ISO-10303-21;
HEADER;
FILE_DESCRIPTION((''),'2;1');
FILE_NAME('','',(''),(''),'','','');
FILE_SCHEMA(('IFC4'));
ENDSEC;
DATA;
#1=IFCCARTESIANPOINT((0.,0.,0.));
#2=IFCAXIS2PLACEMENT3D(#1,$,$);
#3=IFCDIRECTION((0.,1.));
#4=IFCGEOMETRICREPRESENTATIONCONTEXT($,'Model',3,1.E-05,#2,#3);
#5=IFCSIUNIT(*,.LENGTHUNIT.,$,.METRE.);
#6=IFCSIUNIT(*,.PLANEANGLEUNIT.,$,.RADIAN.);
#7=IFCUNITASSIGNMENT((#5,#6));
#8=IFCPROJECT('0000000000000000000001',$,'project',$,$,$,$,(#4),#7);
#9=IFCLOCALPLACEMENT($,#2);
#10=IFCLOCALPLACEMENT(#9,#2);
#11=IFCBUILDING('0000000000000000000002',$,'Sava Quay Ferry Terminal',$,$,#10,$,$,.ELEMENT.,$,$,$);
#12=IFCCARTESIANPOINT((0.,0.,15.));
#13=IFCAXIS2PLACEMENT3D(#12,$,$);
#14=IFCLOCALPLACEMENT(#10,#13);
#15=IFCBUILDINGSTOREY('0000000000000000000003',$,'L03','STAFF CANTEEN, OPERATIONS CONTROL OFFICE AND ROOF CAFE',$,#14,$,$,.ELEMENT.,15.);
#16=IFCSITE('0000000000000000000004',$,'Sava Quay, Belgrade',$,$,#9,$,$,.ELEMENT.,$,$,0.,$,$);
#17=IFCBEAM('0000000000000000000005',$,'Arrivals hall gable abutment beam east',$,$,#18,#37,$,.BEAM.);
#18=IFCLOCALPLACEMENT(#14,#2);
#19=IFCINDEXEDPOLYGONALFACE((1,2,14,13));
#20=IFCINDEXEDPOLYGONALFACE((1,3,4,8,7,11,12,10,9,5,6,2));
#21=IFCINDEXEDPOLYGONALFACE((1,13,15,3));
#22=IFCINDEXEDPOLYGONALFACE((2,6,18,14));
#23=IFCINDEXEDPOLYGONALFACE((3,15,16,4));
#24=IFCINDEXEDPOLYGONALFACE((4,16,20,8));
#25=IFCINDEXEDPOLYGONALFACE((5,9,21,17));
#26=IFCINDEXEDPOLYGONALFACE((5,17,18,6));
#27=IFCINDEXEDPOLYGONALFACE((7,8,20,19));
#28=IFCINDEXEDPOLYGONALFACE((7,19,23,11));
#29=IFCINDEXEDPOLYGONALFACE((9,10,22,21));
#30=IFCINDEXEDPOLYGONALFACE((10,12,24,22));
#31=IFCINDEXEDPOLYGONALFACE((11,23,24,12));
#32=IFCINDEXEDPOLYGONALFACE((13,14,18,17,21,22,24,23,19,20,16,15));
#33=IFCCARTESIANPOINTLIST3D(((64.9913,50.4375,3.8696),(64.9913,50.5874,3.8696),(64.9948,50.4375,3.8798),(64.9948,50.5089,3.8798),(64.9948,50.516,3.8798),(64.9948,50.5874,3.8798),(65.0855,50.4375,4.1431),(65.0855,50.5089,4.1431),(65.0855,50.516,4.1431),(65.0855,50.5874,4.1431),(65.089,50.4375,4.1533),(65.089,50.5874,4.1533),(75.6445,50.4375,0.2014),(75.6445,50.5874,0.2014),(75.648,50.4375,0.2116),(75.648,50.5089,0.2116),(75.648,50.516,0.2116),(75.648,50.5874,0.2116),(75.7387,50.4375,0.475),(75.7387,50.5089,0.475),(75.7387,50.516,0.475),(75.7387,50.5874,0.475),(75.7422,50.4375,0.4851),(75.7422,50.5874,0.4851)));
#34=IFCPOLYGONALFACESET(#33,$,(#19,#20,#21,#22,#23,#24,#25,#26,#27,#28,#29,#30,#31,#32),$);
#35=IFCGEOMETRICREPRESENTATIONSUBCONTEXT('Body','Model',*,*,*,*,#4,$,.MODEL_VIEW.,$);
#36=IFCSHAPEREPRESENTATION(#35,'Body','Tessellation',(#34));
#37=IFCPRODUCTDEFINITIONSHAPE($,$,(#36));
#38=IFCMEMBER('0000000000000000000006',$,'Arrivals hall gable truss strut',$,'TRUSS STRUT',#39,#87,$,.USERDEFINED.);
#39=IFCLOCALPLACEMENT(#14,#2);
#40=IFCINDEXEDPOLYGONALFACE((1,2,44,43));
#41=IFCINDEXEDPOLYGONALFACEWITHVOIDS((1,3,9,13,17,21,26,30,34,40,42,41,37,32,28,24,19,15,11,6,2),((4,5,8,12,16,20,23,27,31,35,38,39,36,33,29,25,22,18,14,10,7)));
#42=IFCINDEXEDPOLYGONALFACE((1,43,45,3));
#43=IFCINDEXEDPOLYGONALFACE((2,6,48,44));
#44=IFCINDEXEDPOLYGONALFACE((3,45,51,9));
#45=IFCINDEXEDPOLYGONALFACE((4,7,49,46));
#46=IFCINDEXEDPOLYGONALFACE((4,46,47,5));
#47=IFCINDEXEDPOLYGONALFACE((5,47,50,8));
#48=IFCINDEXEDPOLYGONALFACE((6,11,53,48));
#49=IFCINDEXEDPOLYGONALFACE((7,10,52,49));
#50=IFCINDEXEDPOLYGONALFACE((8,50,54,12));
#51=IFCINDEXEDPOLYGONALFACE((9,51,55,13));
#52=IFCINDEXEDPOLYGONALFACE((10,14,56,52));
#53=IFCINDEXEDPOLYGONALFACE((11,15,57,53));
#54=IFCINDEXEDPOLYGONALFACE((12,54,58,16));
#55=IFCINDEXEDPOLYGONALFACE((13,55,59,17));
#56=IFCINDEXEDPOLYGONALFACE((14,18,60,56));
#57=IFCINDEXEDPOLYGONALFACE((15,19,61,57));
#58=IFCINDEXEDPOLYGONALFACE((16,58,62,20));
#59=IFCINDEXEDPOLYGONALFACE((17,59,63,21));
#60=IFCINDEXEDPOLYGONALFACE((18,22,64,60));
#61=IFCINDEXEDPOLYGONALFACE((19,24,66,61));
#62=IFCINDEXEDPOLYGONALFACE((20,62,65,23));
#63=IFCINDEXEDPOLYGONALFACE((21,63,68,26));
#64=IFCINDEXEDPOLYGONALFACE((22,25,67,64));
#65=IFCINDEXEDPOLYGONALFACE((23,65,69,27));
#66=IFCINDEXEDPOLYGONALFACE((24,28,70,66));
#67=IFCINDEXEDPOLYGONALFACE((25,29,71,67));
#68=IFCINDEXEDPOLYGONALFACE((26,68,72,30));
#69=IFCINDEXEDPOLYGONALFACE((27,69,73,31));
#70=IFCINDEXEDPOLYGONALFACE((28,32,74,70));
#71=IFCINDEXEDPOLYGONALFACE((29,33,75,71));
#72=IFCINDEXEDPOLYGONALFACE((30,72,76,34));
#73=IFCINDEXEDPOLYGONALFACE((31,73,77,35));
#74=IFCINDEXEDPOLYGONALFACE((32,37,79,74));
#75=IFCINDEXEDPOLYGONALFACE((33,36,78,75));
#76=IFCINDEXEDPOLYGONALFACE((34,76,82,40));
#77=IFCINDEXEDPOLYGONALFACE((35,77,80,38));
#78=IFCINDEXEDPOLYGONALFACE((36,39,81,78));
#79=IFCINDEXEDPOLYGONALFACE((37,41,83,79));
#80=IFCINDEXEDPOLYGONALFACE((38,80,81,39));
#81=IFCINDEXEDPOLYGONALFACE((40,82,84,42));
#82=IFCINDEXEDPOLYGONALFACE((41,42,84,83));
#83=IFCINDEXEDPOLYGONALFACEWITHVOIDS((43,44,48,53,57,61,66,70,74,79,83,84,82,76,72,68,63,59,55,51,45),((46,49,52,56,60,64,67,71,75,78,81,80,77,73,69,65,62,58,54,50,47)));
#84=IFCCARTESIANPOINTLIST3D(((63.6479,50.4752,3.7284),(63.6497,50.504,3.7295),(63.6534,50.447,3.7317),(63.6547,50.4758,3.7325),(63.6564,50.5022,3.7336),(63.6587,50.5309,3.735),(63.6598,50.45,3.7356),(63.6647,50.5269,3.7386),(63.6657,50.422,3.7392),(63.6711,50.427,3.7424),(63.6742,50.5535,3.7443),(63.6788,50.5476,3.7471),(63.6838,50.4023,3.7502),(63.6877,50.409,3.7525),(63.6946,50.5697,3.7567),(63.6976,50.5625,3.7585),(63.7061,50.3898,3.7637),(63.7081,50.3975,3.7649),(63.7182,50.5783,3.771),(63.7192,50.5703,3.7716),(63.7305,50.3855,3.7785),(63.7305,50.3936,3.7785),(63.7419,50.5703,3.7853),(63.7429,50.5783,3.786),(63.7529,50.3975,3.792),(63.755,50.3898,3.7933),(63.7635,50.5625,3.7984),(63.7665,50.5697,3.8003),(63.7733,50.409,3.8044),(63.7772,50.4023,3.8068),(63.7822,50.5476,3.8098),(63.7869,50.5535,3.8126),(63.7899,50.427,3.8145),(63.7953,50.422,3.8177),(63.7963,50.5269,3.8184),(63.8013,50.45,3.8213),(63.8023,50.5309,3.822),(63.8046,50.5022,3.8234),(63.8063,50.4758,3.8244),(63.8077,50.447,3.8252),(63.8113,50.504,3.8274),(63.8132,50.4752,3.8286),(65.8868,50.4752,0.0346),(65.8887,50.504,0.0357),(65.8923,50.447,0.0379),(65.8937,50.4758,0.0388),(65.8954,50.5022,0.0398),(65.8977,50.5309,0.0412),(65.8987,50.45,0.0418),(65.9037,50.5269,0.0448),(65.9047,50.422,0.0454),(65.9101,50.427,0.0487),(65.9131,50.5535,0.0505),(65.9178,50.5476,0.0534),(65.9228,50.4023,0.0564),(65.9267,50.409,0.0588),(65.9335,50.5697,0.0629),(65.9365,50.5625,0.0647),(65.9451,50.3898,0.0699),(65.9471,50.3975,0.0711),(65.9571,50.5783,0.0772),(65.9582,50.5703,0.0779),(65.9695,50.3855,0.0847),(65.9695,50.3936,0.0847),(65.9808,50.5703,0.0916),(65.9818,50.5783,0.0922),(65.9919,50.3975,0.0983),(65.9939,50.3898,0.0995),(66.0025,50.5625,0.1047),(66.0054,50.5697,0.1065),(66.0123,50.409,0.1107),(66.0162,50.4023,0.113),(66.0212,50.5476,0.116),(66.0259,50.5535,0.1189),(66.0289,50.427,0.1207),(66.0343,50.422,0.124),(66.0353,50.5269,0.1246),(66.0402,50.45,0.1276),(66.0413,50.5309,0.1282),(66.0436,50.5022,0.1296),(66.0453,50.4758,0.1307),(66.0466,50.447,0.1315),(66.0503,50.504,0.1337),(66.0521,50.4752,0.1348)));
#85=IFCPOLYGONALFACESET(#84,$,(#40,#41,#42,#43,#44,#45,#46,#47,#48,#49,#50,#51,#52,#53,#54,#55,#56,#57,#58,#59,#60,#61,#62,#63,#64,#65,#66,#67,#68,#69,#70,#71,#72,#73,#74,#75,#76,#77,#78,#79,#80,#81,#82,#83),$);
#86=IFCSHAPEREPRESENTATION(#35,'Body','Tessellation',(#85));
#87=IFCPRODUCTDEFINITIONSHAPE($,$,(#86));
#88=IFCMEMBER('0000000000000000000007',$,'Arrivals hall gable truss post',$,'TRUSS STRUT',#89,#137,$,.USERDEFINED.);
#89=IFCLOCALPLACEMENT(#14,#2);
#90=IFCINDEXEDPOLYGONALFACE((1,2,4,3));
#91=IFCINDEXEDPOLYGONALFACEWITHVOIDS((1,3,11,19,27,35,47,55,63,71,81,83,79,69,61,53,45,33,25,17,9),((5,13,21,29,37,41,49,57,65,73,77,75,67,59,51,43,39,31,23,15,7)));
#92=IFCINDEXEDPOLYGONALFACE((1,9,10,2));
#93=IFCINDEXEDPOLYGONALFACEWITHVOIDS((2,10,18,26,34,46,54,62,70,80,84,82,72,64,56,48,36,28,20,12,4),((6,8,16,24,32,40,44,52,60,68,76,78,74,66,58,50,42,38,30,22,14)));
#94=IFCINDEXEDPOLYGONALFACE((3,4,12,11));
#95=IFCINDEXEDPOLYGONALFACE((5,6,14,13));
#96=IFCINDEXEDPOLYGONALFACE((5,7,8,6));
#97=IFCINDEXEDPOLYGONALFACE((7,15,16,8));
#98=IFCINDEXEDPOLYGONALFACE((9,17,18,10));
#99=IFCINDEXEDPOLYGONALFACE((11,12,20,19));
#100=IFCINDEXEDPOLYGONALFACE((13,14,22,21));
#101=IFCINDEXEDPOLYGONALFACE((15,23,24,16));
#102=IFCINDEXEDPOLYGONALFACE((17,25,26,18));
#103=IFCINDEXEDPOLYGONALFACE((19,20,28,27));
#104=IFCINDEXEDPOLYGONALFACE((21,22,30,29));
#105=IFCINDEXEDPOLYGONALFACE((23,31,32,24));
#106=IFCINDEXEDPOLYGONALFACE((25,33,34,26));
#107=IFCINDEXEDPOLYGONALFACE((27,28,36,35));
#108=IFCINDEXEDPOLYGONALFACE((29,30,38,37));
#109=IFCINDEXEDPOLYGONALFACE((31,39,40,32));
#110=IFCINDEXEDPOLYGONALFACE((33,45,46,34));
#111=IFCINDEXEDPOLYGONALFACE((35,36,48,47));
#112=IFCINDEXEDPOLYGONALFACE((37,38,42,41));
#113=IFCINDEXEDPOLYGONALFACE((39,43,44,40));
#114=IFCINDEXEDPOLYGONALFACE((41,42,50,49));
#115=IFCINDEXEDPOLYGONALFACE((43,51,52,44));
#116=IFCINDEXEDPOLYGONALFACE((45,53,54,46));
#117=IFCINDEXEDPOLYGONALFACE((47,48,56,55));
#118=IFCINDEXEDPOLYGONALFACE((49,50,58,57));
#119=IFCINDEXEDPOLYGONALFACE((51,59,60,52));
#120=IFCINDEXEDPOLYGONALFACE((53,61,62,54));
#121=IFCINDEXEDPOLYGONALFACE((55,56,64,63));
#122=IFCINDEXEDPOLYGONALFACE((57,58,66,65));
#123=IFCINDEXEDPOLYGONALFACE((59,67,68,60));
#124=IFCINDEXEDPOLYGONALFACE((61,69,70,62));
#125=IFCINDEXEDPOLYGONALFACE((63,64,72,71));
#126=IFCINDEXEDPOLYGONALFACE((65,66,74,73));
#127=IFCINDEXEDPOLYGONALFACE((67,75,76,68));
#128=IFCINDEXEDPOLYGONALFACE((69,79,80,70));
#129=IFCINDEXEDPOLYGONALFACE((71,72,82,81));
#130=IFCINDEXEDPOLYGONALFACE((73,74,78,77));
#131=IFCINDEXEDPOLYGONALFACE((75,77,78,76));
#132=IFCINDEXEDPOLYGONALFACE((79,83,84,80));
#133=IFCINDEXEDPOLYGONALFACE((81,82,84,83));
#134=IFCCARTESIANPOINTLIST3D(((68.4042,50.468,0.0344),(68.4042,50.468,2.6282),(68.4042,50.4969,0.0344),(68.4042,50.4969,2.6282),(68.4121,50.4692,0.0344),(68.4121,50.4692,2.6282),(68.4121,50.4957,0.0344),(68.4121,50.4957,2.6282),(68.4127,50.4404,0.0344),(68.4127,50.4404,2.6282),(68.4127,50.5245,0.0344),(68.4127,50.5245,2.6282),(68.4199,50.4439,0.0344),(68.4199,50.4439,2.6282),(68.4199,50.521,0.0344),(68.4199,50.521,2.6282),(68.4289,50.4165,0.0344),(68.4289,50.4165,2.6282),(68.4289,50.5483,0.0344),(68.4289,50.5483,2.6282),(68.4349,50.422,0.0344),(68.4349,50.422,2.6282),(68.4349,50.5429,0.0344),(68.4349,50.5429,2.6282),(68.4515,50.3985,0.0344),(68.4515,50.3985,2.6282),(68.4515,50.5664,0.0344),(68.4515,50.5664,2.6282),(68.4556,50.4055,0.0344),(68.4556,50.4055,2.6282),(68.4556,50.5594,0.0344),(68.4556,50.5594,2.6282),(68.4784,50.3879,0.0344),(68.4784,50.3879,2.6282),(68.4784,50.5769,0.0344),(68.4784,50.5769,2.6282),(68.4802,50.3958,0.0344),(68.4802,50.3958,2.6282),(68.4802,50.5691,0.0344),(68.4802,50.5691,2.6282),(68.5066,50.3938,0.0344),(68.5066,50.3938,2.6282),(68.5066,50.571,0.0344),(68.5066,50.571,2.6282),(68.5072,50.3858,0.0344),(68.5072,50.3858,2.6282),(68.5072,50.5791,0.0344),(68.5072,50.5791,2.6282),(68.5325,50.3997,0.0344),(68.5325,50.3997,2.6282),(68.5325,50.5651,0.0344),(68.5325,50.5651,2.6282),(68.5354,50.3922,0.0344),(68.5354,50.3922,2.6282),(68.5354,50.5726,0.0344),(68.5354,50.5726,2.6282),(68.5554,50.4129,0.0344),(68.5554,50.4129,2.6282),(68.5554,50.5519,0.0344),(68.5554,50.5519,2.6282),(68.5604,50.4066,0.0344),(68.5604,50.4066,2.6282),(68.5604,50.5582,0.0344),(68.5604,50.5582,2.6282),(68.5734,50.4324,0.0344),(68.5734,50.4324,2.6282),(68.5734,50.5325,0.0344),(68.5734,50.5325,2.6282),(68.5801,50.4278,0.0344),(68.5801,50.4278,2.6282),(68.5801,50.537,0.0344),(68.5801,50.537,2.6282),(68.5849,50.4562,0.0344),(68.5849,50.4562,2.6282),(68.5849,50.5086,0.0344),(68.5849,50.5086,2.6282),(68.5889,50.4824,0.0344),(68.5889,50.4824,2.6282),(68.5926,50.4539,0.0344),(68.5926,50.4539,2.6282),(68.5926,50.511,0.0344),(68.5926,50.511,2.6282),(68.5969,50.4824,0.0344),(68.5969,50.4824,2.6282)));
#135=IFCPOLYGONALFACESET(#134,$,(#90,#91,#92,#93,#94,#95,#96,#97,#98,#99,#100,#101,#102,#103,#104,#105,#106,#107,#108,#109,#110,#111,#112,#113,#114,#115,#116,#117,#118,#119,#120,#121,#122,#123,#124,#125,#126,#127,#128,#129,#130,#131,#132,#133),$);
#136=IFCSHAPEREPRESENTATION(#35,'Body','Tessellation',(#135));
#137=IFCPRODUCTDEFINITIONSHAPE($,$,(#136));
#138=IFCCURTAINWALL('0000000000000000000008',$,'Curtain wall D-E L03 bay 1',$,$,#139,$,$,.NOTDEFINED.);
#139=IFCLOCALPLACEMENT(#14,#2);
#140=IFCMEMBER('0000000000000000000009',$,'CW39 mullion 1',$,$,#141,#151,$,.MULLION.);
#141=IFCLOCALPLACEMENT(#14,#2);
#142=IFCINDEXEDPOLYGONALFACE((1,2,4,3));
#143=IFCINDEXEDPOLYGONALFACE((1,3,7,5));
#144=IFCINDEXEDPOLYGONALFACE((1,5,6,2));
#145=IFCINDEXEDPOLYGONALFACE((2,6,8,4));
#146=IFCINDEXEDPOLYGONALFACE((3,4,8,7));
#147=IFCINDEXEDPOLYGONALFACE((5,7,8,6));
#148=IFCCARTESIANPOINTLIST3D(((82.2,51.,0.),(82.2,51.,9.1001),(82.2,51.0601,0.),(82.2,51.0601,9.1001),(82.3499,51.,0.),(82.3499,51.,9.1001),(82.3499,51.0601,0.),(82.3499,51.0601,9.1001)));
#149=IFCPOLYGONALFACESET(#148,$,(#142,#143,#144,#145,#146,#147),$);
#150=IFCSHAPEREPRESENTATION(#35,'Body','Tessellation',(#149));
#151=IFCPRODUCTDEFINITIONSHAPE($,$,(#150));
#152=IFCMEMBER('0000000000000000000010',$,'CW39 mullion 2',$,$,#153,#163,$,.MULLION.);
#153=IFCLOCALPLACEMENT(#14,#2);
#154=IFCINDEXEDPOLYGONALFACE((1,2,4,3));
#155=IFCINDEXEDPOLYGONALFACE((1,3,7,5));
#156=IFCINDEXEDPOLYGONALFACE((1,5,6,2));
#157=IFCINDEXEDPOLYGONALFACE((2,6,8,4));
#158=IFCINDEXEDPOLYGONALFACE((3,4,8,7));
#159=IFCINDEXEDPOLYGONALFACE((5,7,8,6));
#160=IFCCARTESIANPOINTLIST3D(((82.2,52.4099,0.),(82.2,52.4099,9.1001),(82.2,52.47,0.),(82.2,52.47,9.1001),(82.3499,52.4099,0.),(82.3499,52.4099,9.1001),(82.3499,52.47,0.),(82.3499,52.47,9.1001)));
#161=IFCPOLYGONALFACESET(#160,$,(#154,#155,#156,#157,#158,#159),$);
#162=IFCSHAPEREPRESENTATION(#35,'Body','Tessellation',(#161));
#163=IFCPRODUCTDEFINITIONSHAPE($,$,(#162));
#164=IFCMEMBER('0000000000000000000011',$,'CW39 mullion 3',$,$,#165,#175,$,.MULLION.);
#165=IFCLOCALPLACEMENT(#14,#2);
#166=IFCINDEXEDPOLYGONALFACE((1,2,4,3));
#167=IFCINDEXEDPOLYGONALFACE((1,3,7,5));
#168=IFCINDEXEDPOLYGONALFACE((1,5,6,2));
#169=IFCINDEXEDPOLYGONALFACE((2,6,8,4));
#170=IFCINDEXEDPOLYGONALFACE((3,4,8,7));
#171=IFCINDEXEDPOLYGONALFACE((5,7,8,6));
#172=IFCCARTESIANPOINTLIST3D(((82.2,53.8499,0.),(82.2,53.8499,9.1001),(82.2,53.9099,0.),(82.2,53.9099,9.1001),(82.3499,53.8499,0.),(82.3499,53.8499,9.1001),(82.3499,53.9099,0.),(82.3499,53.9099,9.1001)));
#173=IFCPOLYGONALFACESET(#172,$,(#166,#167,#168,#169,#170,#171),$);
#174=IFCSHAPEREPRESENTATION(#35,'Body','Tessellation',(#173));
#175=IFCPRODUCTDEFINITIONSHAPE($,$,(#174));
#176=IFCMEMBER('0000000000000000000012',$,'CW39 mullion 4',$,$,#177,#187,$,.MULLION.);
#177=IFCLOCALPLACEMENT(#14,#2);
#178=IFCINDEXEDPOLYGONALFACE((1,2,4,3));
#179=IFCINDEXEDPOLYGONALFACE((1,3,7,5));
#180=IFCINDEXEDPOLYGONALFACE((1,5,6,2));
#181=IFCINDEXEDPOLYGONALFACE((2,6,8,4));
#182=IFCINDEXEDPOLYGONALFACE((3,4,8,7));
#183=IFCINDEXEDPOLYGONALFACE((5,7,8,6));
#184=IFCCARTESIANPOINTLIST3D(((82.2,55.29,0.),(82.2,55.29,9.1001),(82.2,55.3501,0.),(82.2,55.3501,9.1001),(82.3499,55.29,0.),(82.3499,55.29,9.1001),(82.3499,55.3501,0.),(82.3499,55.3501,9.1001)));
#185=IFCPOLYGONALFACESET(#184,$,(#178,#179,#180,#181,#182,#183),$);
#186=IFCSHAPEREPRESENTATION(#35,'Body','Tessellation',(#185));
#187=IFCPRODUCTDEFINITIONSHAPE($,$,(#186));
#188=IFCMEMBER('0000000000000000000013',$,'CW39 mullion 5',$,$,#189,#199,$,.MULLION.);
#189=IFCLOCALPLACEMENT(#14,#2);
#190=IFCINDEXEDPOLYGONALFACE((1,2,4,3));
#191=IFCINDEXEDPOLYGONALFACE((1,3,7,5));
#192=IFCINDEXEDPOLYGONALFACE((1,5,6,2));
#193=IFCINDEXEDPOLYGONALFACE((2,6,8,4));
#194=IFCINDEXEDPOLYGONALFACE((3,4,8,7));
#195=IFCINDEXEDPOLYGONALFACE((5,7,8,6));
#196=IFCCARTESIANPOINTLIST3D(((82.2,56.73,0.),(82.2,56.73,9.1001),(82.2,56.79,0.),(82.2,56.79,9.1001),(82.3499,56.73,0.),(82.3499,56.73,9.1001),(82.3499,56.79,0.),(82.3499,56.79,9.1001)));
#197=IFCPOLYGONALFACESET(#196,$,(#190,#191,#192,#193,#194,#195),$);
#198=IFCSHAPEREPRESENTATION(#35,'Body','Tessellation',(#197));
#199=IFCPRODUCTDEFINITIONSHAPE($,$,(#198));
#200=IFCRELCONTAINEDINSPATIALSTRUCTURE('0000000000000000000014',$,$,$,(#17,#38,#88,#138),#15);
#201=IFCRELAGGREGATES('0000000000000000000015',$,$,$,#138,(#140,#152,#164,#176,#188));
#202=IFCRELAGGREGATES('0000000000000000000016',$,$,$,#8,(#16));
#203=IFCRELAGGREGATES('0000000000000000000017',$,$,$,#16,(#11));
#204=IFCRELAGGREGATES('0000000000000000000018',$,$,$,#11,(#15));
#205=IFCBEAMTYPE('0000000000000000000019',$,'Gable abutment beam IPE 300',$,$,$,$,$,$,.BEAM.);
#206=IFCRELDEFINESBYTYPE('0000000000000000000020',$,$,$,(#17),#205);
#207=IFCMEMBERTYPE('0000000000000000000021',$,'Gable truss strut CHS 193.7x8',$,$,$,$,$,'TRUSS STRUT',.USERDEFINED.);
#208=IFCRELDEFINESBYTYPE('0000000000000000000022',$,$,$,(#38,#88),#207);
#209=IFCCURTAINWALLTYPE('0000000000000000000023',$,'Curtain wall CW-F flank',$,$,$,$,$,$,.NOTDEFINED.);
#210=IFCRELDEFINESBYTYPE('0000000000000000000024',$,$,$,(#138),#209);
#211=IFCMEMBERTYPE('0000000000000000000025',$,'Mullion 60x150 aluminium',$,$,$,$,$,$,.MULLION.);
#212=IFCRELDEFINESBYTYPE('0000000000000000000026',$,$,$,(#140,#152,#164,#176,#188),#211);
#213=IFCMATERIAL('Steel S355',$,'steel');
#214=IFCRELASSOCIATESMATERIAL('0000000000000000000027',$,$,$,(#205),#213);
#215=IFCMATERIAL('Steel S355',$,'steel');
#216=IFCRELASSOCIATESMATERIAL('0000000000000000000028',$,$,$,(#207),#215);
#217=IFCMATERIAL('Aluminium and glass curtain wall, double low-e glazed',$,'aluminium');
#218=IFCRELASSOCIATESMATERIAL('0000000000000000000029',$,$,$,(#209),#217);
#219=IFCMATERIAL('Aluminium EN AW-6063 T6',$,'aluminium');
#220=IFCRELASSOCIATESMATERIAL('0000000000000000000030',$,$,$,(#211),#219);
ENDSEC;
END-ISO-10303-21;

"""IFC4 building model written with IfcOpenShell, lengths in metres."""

from ifc_helpers import new_model, si_unit, direction, frame, origin, origin_2d, place, context, subcontext, project, spatial, rectangle, hollow_circle, i_section, extrude, material, material_profile, profile_set, type_object, element, aggregate, save


model = new_model("IFC4")

# Units and contexts
model_context = context("Model", 3, precision=1e-05, world=origin(), true_north=direction((0.0, 1.0)))
body_context = subcontext(model_context, "Body", "Model", "MODEL_VIEW")
ifc_project = project(units=[si_unit("LENGTHUNIT", "METRE"), si_unit("PLANEANGLEUNIT", "RADIAN")], contexts=[model_context])

# Site, building, storey
site_placement = place(None, origin())
site = spatial("IfcSite", under=ifc_project, at=site_placement, Name="Sava Quay, Belgrade", CompositionType="ELEMENT", RefElevation=0.0)
building_placement = place(site_placement, origin())
building = spatial("IfcBuilding", under=site, at=building_placement, Name="Sava Quay Ferry Terminal", CompositionType="ELEMENT")
storey_placement = place(building_placement, frame((0.0, 0.0, 15.0)))
storey = spatial("IfcBuildingStorey", under=building, at=storey_placement, Name="L03", Description="STAFF CANTEEN, OPERATIONS CONTROL OFFICE AND ROOF CAFE", CompositionType="ELEMENT", Elevation=15.0)

# Beam
ifc_material_1 = material(Name="Steel S355", Category="steel")
ifc_material_profile_1 = material_profile(ifc_material_1, i_section(OverallWidth=0.1499, OverallDepth=0.3, WebThickness=0.0071, FlangeThickness=0.0107, at=origin_2d()), Name="IPE 300")
ifc_profile_set_1 = profile_set([ifc_material_profile_1], Name="Steel S355")
beam_type = type_object("IfcBeamType", Name="Gable abutment beam IPE 300", PredefinedType="BEAM", material=ifc_profile_set_1)
beam_placement = place(storey_placement, frame((75.6934, 50.5125, 0.3433), z_axis=(-0.945519, 0.0, 0.325567), x_axis=(0.0, -1.0, 0.0)))
element("IfcBeam", 1, at=beam_placement, inside=storey, type_object=beam_type, Name="Arrivals hall gable abutment beam east", PredefinedType="BEAM", context=body_context, shape_type="SweptSolid", body=[
    extrude(i_section(OverallWidth=0.1499, OverallDepth=0.3, WebThickness=0.0071, FlangeThickness=0.0107, at=origin_2d()), origin(), (0.0, 0.0, 1.0), 11.2671),
])

# Members
ifc_material_2 = material(Name="Steel S355", Category="steel")
ifc_material_profile_2 = material_profile(ifc_material_2, hollow_circle(Radius=0.0969, WallThickness=0.0081, at=origin_2d()), Name="CHS 193.7 x 8.0")
ifc_profile_set_2 = profile_set([ifc_material_profile_2], Name="Steel S355")
member_type_1 = type_object("IfcMemberType", Name="Gable truss strut CHS 193.7x8", ElementType="TRUSS STRUT", PredefinedType="USERDEFINED", material=ifc_profile_set_2)
member_1_placement = place(storey_placement, frame((65.9695, 50.4824, 0.0847), z_axis=(-0.518356, 0.0, 0.855165), x_axis=(0.0, -1.0, 0.0)))
element("IfcMember", 2, at=member_1_placement, inside=storey, type_object=member_type_1, Name="Arrivals hall gable truss strut", ObjectType="TRUSS STRUT", PredefinedType="USERDEFINED", context=body_context, shape_type="SweptSolid", body=[
    extrude(hollow_circle(Radius=0.0969, WallThickness=0.0081, at=origin_2d()), origin(), (0.0, 0.0, 1.0), 4.3193),
])
member_2_placement = place(storey_placement, frame((68.5, 50.4824, 0.0344), z_axis=(0.0, 0.0, 1.0), x_axis=(1.0, 0.0, 0.0)))
element("IfcMember", 3, at=member_2_placement, inside=storey, type_object=member_type_1, Name="Arrivals hall gable truss post", ObjectType="TRUSS STRUT", PredefinedType="USERDEFINED", context=body_context, shape_type="SweptSolid", body=[
    extrude(hollow_circle(Radius=0.0969, WallThickness=0.0081, at=origin_2d()), origin(), (0.0, 0.0, 1.0), 2.5938),
])

# Curtain wall, members
ifc_material_3 = material(Name="Aluminium and glass curtain wall, double low-e glazed", Category="aluminium")
curtain_wall_type = type_object("IfcCurtainWallType", Name="Curtain wall CW-F flank", PredefinedType="NOTDEFINED", material=ifc_material_3)
curtain_wall_placement = place(storey_placement, origin())
curtain_wall = element("IfcCurtainWall", 4, at=curtain_wall_placement, inside=storey, type_object=curtain_wall_type, Name="Curtain wall D-E L03 bay 1", PredefinedType="NOTDEFINED")
ifc_material_4 = material(Name="Aluminium EN AW-6063 T6", Category="aluminium")
ifc_material_profile_3 = material_profile(ifc_material_4, rectangle(XDim=0.1499, YDim=0.0601, at=origin_2d()), Name="Mullion 60x150 aluminium")
ifc_profile_set_3 = profile_set([ifc_material_profile_3], Name="Aluminium EN AW-6063 T6")
member_type_2 = type_object("IfcMemberType", Name="Mullion 60x150 aluminium", PredefinedType="MULLION", material=ifc_profile_set_3)
member_3_placement = place(storey_placement, frame((82.2749, 51.03, 0.0), z_axis=(0.0, 0.0, 1.0), x_axis=(-1.0, 0.0, 0.0)))
member_3 = element("IfcMember", 5, at=member_3_placement, type_object=member_type_2, Name="CW39 mullion 1", PredefinedType="MULLION", context=body_context, shape_type="SweptSolid", body=[
    extrude(rectangle(XDim=0.1499, YDim=0.0601, at=origin_2d()), origin(), (0.0, 0.0, 1.0), 9.1001),
])
member_4_placement = place(storey_placement, frame((82.2749, 52.4399, 0.0), z_axis=(0.0, 0.0, 1.0), x_axis=(-1.0, 0.0, 0.0)))
member_4 = element("IfcMember", 6, at=member_4_placement, type_object=member_type_2, Name="CW39 mullion 2", PredefinedType="MULLION", context=body_context, shape_type="SweptSolid", body=[
    extrude(rectangle(XDim=0.1499, YDim=0.0601, at=origin_2d()), origin(), (0.0, 0.0, 1.0), 9.1001),
])
member_5_placement = place(storey_placement, frame((82.2749, 53.8799, 0.0), z_axis=(0.0, 0.0, 1.0), x_axis=(-1.0, 0.0, 0.0)))
member_5 = element("IfcMember", 7, at=member_5_placement, type_object=member_type_2, Name="CW39 mullion 3", PredefinedType="MULLION", context=body_context, shape_type="SweptSolid", body=[
    extrude(rectangle(XDim=0.1499, YDim=0.0601, at=origin_2d()), origin(), (0.0, 0.0, 1.0), 9.1001),
])
member_6_placement = place(storey_placement, frame((82.2749, 55.3201, 0.0), z_axis=(0.0, 0.0, 1.0), x_axis=(-1.0, 0.0, 0.0)))
member_6 = element("IfcMember", 8, at=member_6_placement, type_object=member_type_2, Name="CW39 mullion 4", PredefinedType="MULLION", context=body_context, shape_type="SweptSolid", body=[
    extrude(rectangle(XDim=0.1499, YDim=0.0601, at=origin_2d()), origin(), (0.0, 0.0, 1.0), 9.1001),
])
member_7_placement = place(storey_placement, frame((82.2749, 56.76, 0.0), z_axis=(0.0, 0.0, 1.0), x_axis=(-1.0, 0.0, 0.0)))
member_7 = element("IfcMember", 9, at=member_7_placement, type_object=member_type_2, Name="CW39 mullion 5", PredefinedType="MULLION", context=body_context, shape_type="SweptSolid", body=[
    extrude(rectangle(XDim=0.1499, YDim=0.0601, at=origin_2d()), origin(), (0.0, 0.0, 1.0), 9.1001),
])
aggregate(curtain_wall, [member_3, member_4, member_5, member_6, member_7])

save(model, "model.ifc")
